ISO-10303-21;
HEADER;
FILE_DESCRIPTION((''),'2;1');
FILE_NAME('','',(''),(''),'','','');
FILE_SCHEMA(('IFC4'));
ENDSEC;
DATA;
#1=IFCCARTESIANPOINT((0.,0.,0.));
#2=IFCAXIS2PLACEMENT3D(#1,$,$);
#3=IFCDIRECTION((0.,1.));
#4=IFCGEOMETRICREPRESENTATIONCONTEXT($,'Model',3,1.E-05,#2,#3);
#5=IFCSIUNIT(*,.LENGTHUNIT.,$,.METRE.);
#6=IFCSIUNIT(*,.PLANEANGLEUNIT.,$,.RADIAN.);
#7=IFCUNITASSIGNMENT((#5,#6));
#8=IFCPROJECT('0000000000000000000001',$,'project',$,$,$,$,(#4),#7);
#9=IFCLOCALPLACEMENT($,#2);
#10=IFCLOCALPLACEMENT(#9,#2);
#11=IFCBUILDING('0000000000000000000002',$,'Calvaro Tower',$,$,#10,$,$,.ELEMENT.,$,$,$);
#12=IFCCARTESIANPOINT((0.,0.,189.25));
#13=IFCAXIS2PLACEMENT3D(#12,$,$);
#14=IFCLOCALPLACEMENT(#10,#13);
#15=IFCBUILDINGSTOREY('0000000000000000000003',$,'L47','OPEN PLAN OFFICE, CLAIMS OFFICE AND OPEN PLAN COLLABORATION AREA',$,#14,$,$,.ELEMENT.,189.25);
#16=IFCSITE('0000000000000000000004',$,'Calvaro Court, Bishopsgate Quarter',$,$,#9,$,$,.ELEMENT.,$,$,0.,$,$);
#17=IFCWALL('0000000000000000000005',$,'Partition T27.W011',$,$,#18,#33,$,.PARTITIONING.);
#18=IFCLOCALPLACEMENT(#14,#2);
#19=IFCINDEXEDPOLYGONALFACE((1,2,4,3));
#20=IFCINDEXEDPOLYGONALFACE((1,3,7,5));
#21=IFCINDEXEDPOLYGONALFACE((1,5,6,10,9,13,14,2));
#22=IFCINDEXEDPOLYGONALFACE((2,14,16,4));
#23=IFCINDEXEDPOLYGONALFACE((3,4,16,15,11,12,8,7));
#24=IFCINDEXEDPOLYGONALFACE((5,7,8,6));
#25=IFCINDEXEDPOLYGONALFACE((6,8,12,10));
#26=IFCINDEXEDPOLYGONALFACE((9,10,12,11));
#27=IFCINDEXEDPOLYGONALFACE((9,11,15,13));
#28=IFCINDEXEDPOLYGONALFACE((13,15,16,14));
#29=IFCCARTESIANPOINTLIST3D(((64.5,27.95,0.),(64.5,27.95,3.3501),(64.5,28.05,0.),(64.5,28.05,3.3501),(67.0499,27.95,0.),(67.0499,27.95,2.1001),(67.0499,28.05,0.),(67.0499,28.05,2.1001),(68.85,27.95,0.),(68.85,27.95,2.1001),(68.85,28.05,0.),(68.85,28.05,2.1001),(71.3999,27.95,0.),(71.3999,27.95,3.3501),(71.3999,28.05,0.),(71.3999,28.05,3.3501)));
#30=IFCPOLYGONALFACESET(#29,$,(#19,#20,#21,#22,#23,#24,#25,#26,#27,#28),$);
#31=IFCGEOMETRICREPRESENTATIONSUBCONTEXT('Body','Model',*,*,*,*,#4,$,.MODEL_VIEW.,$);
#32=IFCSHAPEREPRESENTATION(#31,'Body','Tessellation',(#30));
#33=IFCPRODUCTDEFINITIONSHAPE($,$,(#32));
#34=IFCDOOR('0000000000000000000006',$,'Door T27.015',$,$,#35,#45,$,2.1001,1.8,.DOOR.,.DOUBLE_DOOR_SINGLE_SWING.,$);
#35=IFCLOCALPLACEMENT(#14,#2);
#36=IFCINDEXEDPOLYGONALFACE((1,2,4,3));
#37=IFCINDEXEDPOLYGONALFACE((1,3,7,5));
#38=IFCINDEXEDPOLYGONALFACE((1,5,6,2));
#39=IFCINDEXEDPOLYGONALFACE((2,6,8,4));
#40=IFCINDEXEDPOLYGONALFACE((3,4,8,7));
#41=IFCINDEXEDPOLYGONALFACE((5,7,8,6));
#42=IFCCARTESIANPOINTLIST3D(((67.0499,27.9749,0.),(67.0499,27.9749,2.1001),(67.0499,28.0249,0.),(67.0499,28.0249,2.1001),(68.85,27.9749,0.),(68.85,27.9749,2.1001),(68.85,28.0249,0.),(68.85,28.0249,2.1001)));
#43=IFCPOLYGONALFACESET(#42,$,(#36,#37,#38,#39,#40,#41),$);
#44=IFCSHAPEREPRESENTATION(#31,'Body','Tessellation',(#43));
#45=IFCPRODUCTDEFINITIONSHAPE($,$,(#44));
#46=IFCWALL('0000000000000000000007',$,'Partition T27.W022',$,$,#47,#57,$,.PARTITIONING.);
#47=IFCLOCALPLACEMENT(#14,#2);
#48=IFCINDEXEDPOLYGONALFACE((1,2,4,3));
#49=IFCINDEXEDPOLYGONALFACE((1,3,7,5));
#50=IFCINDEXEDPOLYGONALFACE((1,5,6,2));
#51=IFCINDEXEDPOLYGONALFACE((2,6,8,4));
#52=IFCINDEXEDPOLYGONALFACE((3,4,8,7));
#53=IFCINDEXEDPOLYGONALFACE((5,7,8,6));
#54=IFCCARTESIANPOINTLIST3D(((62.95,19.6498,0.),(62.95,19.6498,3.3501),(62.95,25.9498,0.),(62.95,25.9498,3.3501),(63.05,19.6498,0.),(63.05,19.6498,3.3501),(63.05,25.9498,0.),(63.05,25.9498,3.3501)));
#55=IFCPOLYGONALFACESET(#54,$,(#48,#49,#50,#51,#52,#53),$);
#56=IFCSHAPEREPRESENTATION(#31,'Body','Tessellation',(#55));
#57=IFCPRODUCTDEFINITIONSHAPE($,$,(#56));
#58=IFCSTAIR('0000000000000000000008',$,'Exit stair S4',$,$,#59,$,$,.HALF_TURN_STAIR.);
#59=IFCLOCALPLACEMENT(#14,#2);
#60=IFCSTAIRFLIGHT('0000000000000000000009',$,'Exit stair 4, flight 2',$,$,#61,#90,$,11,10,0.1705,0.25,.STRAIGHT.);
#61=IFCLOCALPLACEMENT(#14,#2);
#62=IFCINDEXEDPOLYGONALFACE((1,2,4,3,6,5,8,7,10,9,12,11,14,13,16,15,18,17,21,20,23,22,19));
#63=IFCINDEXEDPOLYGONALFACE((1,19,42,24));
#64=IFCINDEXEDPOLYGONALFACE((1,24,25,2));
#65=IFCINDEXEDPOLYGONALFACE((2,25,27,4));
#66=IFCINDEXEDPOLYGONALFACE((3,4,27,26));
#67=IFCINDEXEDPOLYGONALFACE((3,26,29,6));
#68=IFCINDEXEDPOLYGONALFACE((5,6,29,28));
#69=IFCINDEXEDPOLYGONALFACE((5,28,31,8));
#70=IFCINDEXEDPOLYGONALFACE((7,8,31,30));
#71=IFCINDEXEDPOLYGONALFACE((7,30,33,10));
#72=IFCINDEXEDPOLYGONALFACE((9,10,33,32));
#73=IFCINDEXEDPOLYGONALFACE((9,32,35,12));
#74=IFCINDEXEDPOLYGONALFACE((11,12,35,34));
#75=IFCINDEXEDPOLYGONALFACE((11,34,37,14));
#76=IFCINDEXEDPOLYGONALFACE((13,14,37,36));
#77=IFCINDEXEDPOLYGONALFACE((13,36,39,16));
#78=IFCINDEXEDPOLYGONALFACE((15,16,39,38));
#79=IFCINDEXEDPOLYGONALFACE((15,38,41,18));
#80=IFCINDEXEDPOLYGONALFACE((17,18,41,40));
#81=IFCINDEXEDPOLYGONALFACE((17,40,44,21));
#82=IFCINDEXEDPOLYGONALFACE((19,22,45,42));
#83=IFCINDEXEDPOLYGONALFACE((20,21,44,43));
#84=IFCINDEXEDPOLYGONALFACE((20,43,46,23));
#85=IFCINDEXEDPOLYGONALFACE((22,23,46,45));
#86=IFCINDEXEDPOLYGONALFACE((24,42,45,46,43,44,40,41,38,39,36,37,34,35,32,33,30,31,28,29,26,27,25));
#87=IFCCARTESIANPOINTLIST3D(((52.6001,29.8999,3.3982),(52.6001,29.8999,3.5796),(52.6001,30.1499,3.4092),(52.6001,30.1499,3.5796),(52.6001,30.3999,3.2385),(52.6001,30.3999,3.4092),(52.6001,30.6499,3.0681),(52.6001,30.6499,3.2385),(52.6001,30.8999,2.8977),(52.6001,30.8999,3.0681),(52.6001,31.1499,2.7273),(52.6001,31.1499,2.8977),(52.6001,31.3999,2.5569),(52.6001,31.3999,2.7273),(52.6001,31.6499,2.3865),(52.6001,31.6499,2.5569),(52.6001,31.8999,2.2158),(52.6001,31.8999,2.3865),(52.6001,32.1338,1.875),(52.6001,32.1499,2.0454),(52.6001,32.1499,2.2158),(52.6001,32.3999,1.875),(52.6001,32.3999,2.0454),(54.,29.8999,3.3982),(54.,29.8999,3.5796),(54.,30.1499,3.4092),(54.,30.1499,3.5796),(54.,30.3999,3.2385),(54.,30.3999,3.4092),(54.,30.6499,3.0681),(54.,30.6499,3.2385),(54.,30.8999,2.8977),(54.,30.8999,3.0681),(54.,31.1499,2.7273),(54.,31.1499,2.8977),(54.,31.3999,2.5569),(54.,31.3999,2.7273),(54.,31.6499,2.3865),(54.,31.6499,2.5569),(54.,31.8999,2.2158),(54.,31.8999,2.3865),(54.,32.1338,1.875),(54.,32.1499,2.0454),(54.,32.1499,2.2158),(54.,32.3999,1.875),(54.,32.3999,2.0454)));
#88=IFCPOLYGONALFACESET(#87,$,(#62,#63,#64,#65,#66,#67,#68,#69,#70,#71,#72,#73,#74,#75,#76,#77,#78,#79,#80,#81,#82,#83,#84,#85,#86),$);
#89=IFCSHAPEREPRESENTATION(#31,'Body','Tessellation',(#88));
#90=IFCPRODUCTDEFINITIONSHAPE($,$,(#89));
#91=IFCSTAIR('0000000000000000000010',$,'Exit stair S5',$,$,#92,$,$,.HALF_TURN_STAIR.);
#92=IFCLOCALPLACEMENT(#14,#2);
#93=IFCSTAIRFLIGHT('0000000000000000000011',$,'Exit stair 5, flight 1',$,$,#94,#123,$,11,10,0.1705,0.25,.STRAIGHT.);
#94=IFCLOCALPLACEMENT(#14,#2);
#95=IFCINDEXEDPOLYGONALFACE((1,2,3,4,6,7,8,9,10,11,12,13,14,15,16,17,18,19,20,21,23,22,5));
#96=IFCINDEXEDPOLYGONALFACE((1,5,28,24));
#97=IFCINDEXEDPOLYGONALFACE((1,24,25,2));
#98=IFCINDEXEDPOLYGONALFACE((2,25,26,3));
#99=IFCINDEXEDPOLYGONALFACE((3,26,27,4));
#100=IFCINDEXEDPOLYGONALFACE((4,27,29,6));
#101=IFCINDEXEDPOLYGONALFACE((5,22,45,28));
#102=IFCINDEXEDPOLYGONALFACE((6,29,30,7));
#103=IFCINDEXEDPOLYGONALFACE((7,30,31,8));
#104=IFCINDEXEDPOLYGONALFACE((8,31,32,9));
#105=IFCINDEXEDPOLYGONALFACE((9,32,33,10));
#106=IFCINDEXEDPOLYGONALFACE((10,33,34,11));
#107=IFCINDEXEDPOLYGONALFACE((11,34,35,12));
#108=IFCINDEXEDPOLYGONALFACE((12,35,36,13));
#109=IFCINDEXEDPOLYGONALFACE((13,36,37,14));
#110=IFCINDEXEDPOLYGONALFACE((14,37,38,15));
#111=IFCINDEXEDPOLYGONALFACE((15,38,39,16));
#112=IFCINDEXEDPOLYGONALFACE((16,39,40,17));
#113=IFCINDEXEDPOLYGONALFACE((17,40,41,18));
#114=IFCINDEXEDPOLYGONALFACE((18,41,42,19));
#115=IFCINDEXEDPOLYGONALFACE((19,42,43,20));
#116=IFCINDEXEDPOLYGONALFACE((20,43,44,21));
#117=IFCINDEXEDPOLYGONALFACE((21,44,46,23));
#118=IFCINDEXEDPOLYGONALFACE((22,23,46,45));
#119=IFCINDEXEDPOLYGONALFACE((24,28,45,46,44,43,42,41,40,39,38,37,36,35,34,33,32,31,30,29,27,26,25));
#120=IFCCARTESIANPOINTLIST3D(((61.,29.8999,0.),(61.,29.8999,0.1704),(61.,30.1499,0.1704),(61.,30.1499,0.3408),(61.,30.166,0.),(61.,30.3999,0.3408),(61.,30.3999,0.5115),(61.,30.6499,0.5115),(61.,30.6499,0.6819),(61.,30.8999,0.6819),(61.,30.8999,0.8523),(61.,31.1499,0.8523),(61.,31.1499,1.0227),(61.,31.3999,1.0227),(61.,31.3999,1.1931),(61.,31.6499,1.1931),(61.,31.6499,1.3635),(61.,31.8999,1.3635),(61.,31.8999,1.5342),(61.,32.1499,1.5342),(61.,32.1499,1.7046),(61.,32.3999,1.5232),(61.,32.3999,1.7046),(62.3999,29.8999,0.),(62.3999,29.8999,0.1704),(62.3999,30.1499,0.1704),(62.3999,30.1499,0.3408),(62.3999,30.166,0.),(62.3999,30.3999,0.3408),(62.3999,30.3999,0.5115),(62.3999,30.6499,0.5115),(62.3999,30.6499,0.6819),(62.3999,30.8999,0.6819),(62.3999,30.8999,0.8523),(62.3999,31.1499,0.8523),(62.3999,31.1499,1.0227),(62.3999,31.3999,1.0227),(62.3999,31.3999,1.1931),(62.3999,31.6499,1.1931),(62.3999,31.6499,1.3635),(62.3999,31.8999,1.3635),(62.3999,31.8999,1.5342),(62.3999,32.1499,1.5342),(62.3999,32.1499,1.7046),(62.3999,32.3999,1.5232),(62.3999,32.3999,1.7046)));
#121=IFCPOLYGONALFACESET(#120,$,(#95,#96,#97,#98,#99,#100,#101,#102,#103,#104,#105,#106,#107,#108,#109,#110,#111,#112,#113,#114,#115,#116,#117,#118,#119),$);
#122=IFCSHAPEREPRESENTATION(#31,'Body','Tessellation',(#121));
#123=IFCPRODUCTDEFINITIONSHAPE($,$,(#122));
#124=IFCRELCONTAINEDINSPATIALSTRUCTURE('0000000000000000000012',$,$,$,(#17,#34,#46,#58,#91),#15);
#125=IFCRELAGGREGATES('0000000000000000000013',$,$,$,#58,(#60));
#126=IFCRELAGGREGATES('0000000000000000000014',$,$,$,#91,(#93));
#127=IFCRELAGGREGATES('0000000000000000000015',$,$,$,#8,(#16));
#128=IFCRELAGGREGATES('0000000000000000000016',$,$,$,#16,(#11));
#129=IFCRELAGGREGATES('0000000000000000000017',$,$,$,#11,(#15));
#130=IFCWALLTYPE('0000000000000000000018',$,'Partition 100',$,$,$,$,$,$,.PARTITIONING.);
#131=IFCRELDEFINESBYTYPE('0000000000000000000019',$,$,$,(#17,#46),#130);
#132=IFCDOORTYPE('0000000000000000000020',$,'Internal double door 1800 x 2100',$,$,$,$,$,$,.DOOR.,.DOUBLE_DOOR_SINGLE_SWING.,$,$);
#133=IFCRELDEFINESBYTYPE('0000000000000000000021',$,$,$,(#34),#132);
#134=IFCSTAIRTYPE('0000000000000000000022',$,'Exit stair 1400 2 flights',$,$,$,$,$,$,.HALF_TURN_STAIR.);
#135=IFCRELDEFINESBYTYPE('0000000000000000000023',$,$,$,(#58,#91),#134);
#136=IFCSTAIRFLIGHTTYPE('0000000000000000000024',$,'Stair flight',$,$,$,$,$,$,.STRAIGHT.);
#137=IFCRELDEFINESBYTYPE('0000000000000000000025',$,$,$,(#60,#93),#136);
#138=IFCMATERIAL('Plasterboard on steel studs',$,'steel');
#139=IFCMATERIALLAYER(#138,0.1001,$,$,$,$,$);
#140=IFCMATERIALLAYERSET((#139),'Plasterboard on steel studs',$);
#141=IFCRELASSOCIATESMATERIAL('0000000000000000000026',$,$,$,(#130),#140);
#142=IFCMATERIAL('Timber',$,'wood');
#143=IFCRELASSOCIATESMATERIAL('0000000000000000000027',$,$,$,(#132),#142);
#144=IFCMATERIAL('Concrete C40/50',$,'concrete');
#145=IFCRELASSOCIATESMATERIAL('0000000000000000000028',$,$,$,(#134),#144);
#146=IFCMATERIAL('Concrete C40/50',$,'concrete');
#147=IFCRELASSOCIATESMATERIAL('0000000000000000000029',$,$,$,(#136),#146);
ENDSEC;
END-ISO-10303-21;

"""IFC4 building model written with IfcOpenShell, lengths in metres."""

from ifc_helpers import new_model, si_unit, direction, frame, frame_2d, origin, place, context, subcontext, project, spatial, polyline, rectangle, outline, extrude, material, layer, layer_set, type_object, element, fill, aggregate, save


model = new_model("IFC4")

# Units and contexts
model_context = context("Model", 3, precision=1e-05, world=origin(), true_north=direction((0.0, 1.0)))
body_context = subcontext(model_context, "Body", "Model", "MODEL_VIEW")
ifc_project = project(units=[si_unit("LENGTHUNIT", "METRE"), si_unit("PLANEANGLEUNIT", "RADIAN")], contexts=[model_context])

# Site, building, storey
site_placement = place(None, origin())
site = spatial("IfcSite", under=ifc_project, at=site_placement, Name="Calvaro Court, Bishopsgate Quarter", CompositionType="ELEMENT", RefElevation=0.0)
building_placement = place(site_placement, origin())
building = spatial("IfcBuilding", under=site, at=building_placement, Name="Calvaro Tower", CompositionType="ELEMENT")
storey_placement = place(building_placement, frame((0.0, 0.0, 189.25)))
storey = spatial("IfcBuildingStorey", under=building, at=storey_placement, Name="L47", Description="OPEN PLAN OFFICE, CLAIMS OFFICE AND OPEN PLAN COLLABORATION AREA", CompositionType="ELEMENT", Elevation=189.25)

# Wall, opening, door
ifc_material_1 = material(Name="Plasterboard on steel studs", Category="steel")
ifc_layer_1 = layer(ifc_material_1, 0.1001)
ifc_layer_set_1 = layer_set([ifc_layer_1], Name="Plasterboard on steel studs")
wall_type_1 = type_object("IfcWallType", Name="Partition 100", PredefinedType="PARTITIONING", material=ifc_layer_set_1)
wall_1_placement = place(storey_placement, frame((64.5, 28.0, 0.0), z_axis=(0.0, 0.0, 1.0), x_axis=(1.0, 0.0, 0.0)))
wall_1 = element("IfcWall", 1, at=wall_1_placement, inside=storey, type_object=wall_type_1, Name="Partition T27.W011", PredefinedType="PARTITIONING", context=body_context, shape_type="SweptSolid", body=[
    extrude(rectangle(XDim=6.8999, YDim=0.1001, at=frame_2d((3.45, 0.0))), origin(), (0.0, 0.0, 1.0), 3.3501),
])
opening_1_placement = place(wall_1_placement, frame((2.55, 0.0, 0.0)))
opening_1 = element("IfcOpeningElement", 2, at=opening_1_placement, cuts=wall_1, PredefinedType="OPENING", context=body_context, shape_type="SweptSolid", body=[
    extrude(rectangle(XDim=1.8, YDim=2.1001, at=frame_2d((0.8999, 1.05))), frame((0.0, 0.0601, 0.0), z_axis=(0.0, -1.0, 0.0), x_axis=(1.0, 0.0, 0.0)), (0.0, 0.0, 1.0), 0.1201),
])
ifc_material_2 = material(Name="Timber", Category="wood")
door_type_1 = type_object("IfcDoorType", Name="Internal double door 1800 x 2100", OperationType="DOUBLE_DOOR_SINGLE_SWING", PredefinedType="DOOR", material=ifc_material_2)
door_1_placement = place(opening_1_placement, origin())
door_1 = element("IfcDoor", 3, at=door_1_placement, inside=storey, type_object=door_type_1, Name="Door T27.015", OperationType="DOUBLE_DOOR_SINGLE_SWING", OverallHeight=2.1001, OverallWidth=1.8, PredefinedType="DOOR", context=body_context, shape_type="SweptSolid", body=[
    extrude(rectangle(XDim=1.8, YDim=2.1001, at=frame_2d((0.8999, 1.05))), frame((0.0, 0.0249, 0.0), z_axis=(0.0, -1.0, 0.0), x_axis=(1.0, 0.0, 0.0)), (0.0, 0.0, 1.0), 0.05),
])
fill(opening_1, door_1)

# Wall
wall_2_placement = place(storey_placement, frame((63.0, 19.6499, 0.0), z_axis=(0.0, 0.0, 1.0), x_axis=(0.0, 1.0, 0.0)))
element("IfcWall", 4, at=wall_2_placement, inside=storey, type_object=wall_type_1, Name="Partition T27.W022", PredefinedType="PARTITIONING", context=body_context, shape_type="SweptSolid", body=[
    extrude(rectangle(XDim=6.3, YDim=0.1001, at=frame_2d((3.1499, 0.0))), origin(), (0.0, 0.0, 1.0), 3.3501),
])

# Stairs, stair flights
ifc_material_3 = material(Name="Concrete C40/50", Category="concrete")
stair_type = type_object("IfcStairType", Name="Exit stair 1400 2 flights", PredefinedType="HALF_TURN_STAIR", material=ifc_material_3)
stair_1_placement = place(storey_placement, origin())
stair_1 = element("IfcStair", 5, at=stair_1_placement, inside=storey, type_object=stair_type, Name="Exit stair S4", PredefinedType="HALF_TURN_STAIR")
ifc_material_4 = material(Name="Concrete C40/50", Category="concrete")
stair_flight_type = type_object("IfcStairFlightType", Name="Stair flight", PredefinedType="STRAIGHT", material=ifc_material_4)
stair_flight_1_placement = place(storey_placement, frame((53.3, 32.3999, 1.875), z_axis=(0.0, 0.0, 1.0), x_axis=(0.0, -1.0, 0.0)))
stair_flight_1 = element("IfcStairFlight", 6, at=stair_flight_1_placement, type_object=stair_flight_type, Name="Exit stair 4, flight 2", NumberOfRisers=11, NumberOfTreads=10, PredefinedType="STRAIGHT", RiserHeight=0.1705, TreadLength=0.25, context=body_context, shape_type="SweptSolid", body=[
    extrude(outline(polyline([(0.0, 0.0), (0.0, 0.1704), (0.25, 0.1704), (0.25, 0.3408), (0.5, 0.3408), (0.5, 0.5115), (0.75, 0.5115), (0.75, 0.6819), (1.0, 0.6819), (1.0, 0.8523), (1.25, 0.8523), (1.25, 1.0227), (1.5, 1.0227), (1.5, 1.1931), (1.75, 1.1931), (1.75, 1.3635), (2.0, 1.3635), (2.0, 1.5342), (2.25, 1.5342), (2.25, 1.7046), (2.5, 1.7046), (2.5, 1.875), (2.5, 1.5232), (0.2661, 0.0), (0.0, 0.0)])), frame((0.0, 0.7, 0.0), z_axis=(0.0, -1.0, 0.0), x_axis=(1.0, 0.0, 0.0)), (0.0, 0.0, 1.0), 1.3999),
])
stair_2_placement = place(storey_placement, origin())
stair_2 = element("IfcStair", 7, at=stair_2_placement, inside=storey, type_object=stair_type, Name="Exit stair S5", PredefinedType="HALF_TURN_STAIR")
stair_flight_2_placement = place(storey_placement, frame((61.7, 29.8999, 0.0), z_axis=(0.0, 0.0, 1.0), x_axis=(0.0, 1.0, 0.0)))
stair_flight_2 = element("IfcStairFlight", 8, at=stair_flight_2_placement, type_object=stair_flight_type, Name="Exit stair 5, flight 1", NumberOfRisers=11, NumberOfTreads=10, PredefinedType="STRAIGHT", RiserHeight=0.1705, TreadLength=0.25, context=body_context, shape_type="SweptSolid", body=[
    extrude(outline(polyline([(0.0, 0.0), (0.0, 0.1704), (0.25, 0.1704), (0.25, 0.3408), (0.5, 0.3408), (0.5, 0.5115), (0.75, 0.5115), (0.75, 0.6819), (1.0, 0.6819), (1.0, 0.8523), (1.25, 0.8523), (1.25, 1.0227), (1.5, 1.0227), (1.5, 1.1931), (1.75, 1.1931), (1.75, 1.3635), (2.0, 1.3635), (2.0, 1.5342), (2.25, 1.5342), (2.25, 1.7046), (2.5, 1.7046), (2.5, 1.875), (2.5, 1.5232), (0.2661, 0.0), (0.0, 0.0)])), frame((0.0, 0.7, 0.0), z_axis=(0.0, -1.0, 0.0), x_axis=(1.0, 0.0, 0.0)), (0.0, 0.0, 1.0), 1.3999),
])

aggregate(stair_1, [stair_flight_1])
aggregate(stair_2, [stair_flight_2])

save(model, "model.ifc")
